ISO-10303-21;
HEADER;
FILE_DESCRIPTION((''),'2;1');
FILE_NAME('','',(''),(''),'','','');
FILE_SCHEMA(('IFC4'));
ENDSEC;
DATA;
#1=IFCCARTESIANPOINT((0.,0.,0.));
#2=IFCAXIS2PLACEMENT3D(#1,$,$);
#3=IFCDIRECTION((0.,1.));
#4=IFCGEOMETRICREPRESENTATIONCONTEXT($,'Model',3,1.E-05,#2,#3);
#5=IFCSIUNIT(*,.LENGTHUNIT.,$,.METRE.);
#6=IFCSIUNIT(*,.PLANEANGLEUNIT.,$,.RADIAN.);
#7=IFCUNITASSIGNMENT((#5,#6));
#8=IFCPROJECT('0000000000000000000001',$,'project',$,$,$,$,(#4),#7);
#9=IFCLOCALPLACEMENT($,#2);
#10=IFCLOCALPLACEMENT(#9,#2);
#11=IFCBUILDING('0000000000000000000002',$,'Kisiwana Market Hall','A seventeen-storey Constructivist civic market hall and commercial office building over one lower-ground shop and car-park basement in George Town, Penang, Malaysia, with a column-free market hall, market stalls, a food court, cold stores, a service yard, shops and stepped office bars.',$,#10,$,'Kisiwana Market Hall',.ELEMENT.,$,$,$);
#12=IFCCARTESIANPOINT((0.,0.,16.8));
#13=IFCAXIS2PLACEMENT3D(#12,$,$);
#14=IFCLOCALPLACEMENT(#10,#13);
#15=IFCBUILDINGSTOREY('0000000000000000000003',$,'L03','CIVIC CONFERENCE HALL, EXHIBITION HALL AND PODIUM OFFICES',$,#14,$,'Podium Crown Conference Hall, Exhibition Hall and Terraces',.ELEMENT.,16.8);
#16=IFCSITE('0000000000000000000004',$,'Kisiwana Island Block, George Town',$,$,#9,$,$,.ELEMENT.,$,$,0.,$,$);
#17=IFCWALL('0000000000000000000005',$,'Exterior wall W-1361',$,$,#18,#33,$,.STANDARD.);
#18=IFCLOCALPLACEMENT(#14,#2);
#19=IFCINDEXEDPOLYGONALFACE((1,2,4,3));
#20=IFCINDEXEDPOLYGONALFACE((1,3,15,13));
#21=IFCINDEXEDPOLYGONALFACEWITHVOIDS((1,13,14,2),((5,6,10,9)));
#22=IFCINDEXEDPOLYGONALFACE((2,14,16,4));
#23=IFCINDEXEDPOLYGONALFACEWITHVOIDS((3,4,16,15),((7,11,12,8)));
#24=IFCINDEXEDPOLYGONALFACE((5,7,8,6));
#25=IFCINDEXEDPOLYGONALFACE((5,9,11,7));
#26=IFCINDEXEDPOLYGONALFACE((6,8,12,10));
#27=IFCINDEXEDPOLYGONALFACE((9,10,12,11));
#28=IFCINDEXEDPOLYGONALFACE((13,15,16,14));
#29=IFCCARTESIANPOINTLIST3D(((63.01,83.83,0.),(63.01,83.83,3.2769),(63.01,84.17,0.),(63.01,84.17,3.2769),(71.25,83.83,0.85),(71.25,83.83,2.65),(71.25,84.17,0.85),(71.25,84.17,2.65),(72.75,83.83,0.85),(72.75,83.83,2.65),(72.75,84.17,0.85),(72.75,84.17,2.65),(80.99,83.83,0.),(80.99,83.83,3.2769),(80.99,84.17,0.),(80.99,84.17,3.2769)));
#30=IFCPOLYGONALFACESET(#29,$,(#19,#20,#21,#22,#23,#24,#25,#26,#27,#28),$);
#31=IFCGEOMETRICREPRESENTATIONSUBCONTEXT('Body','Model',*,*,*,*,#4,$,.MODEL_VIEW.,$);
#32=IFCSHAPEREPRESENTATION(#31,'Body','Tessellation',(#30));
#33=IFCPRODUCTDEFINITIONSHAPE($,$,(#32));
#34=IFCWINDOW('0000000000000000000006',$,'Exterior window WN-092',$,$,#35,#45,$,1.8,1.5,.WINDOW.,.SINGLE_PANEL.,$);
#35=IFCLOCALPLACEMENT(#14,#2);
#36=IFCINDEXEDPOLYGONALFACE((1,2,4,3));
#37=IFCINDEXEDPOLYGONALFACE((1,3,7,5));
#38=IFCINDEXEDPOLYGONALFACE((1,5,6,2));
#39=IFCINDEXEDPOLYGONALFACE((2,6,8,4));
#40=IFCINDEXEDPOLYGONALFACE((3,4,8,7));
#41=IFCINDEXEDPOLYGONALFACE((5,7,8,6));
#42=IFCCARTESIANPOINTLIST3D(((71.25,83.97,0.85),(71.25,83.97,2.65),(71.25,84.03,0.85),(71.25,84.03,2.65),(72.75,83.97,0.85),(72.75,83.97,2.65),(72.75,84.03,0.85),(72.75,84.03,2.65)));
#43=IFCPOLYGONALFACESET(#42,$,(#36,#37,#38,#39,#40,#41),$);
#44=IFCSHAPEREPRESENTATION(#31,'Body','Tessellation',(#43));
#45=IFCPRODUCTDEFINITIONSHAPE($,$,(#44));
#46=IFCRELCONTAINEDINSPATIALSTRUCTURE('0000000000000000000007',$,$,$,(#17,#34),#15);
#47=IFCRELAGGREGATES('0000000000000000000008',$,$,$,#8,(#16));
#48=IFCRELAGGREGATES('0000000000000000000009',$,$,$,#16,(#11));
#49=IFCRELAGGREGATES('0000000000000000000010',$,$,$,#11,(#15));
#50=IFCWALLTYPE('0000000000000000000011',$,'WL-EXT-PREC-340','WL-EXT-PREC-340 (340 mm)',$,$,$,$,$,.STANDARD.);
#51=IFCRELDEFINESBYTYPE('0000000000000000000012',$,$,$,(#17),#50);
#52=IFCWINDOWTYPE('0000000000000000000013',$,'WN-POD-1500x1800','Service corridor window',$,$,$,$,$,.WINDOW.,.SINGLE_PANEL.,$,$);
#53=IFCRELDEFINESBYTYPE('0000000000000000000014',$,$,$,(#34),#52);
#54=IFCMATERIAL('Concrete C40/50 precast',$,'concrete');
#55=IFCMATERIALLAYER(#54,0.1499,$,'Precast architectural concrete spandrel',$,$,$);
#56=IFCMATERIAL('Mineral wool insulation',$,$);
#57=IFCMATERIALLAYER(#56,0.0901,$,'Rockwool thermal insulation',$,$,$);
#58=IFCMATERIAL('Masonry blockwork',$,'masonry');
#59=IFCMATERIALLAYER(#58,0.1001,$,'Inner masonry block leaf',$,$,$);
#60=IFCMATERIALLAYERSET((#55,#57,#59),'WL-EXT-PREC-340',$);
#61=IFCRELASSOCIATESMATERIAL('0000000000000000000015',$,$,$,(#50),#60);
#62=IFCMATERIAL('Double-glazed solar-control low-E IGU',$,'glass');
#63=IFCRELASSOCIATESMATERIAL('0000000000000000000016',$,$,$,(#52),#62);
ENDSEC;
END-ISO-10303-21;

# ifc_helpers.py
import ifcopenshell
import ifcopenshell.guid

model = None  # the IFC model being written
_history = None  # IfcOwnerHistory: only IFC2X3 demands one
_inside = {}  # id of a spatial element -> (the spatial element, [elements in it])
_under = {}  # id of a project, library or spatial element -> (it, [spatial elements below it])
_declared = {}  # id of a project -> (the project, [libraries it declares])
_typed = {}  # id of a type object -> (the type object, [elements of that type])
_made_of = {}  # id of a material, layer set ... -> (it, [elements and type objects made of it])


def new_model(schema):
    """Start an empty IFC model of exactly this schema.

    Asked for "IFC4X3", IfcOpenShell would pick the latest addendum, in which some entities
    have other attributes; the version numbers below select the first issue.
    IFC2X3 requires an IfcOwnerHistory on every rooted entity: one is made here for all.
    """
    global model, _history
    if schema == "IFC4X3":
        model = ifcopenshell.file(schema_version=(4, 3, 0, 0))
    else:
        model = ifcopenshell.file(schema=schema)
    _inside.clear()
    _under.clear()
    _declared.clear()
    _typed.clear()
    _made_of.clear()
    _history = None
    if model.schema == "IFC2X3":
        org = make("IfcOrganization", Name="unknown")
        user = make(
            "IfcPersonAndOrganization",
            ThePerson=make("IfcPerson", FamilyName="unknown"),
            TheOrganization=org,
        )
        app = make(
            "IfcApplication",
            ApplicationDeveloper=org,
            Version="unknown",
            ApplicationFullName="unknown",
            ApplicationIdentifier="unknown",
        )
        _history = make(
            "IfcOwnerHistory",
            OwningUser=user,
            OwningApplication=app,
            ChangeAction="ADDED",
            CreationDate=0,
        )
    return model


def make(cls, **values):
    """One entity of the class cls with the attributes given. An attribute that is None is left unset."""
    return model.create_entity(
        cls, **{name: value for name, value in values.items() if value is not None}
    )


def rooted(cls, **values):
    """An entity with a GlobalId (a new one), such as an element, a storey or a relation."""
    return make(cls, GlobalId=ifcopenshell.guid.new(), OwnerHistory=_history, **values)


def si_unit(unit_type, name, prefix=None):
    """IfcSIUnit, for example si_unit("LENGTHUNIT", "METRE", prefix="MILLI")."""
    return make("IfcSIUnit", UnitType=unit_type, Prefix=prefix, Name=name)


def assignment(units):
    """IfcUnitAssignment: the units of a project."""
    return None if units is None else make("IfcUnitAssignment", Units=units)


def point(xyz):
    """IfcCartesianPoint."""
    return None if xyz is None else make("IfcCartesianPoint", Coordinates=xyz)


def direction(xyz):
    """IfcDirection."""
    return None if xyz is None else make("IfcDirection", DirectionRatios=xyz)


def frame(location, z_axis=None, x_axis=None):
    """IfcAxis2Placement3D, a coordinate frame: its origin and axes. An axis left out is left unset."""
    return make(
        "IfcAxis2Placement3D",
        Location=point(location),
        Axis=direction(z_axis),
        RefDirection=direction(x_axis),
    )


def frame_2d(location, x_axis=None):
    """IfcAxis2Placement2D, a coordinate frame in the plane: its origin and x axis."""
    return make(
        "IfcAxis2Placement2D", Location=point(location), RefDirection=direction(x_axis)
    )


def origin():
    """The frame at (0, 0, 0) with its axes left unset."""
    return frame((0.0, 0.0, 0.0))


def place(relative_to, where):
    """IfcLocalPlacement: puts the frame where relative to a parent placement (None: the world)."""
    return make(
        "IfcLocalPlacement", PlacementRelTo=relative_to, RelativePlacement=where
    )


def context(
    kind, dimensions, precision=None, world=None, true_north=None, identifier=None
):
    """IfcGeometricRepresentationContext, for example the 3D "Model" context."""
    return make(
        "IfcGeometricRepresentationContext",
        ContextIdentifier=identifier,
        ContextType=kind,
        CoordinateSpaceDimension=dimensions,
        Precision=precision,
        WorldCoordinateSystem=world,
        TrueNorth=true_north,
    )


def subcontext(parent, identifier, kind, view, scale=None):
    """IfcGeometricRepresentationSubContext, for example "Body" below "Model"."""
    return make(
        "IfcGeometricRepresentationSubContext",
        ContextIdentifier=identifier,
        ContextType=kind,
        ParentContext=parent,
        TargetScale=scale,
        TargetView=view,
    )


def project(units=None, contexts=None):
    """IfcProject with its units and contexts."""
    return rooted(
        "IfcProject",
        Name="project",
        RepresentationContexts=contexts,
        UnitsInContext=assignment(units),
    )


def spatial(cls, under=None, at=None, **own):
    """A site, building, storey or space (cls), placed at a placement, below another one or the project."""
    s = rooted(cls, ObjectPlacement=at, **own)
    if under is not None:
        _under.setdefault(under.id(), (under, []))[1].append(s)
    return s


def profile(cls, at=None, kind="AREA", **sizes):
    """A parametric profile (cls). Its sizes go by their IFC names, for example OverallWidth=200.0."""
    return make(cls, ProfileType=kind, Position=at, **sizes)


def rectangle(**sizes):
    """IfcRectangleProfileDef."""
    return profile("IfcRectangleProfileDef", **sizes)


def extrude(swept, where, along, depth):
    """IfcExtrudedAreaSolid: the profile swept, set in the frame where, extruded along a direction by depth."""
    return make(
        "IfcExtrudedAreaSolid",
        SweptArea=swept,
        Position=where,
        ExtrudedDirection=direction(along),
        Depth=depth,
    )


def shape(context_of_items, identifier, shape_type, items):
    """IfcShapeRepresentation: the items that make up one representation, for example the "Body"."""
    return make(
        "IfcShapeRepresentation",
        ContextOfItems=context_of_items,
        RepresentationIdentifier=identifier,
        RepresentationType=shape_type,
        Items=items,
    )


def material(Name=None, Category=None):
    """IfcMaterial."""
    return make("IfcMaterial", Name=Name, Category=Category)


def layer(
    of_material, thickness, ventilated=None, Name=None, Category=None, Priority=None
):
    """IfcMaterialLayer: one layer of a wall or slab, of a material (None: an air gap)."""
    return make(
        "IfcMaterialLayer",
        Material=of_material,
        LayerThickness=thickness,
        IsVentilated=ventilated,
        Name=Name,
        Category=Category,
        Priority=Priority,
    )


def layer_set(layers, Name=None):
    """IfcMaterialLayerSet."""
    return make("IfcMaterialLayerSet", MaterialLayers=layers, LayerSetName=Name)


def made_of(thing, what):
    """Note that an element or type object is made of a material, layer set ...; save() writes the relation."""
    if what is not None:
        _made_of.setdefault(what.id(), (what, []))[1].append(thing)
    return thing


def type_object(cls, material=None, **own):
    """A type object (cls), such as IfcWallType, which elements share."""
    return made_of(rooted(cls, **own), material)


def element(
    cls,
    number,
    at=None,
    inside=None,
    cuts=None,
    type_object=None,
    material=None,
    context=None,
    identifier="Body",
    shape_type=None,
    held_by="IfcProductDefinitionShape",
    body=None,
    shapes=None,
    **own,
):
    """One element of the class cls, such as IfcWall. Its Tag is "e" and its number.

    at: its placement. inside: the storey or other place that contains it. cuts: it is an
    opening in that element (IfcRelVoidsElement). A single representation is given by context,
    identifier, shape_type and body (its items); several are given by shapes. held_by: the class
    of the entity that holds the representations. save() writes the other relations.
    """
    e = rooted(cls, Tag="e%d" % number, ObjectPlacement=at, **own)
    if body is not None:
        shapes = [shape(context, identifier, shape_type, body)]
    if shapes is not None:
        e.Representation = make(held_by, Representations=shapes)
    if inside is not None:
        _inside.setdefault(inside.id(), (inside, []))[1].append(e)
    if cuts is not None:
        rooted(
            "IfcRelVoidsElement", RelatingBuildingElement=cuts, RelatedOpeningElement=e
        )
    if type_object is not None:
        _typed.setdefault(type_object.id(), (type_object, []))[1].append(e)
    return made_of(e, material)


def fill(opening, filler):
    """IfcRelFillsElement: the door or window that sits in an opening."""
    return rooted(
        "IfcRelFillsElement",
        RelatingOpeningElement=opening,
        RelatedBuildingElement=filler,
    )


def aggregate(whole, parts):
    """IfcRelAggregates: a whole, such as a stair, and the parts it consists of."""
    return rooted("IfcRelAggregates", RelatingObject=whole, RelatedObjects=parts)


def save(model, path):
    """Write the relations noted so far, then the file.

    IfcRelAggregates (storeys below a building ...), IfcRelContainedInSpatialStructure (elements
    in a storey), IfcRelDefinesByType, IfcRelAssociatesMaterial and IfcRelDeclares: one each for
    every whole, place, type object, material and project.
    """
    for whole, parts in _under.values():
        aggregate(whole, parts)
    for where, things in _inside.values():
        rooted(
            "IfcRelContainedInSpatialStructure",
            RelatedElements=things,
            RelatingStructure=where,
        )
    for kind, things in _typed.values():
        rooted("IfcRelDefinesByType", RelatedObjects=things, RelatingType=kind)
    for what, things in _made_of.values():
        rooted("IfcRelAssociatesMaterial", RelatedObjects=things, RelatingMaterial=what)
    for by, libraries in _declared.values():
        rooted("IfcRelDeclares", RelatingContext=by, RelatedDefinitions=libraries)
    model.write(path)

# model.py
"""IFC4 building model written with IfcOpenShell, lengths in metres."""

from ifc_helpers import new_model, si_unit, direction, frame, frame_2d, origin, place, context, subcontext, project, spatial, rectangle, extrude, material, layer, layer_set, type_object, element, fill, save


model = new_model("IFC4")

# Units and contexts
model_context = context("Model", 3, precision=1e-05, world=origin(), true_north=direction((0.0, 1.0)))
body_context = subcontext(model_context, "Body", "Model", "MODEL_VIEW")
ifc_project = project(units=[si_unit("LENGTHUNIT", "METRE"), si_unit("PLANEANGLEUNIT", "RADIAN")], contexts=[model_context])

# Site, building, storey
site_placement = place(None, origin())
site = spatial("IfcSite", under=ifc_project, at=site_placement, Name="Kisiwana Island Block, George Town", CompositionType="ELEMENT", RefElevation=0.0)
building_placement = place(site_placement, origin())
building = spatial("IfcBuilding", under=site, at=building_placement, Name="Kisiwana Market Hall", Description="A seventeen-storey Constructivist civic market hall and commercial office building over one lower-ground shop and car-park basement in George Town, Penang, Malaysia, with a column-free market hall, market stalls, a food court, cold stores, a service yard, shops and stepped office bars.", LongName="Kisiwana Market Hall", CompositionType="ELEMENT")
storey_placement = place(building_placement, frame((0.0, 0.0, 16.8)))
storey = spatial("IfcBuildingStorey", under=building, at=storey_placement, Name="L03", Description="CIVIC CONFERENCE HALL, EXHIBITION HALL AND PODIUM OFFICES", LongName="Podium Crown Conference Hall, Exhibition Hall and Terraces", CompositionType="ELEMENT", Elevation=16.8)

# Wall, opening, window
ifc_material_1 = material(Name="Concrete C40/50 precast", Category="concrete")
ifc_layer_1 = layer(ifc_material_1, 0.1499, Name="Precast architectural concrete spandrel")
ifc_material_2 = material(Name="Mineral wool insulation")
ifc_layer_2 = layer(ifc_material_2, 0.0901, Name="Rockwool thermal insulation")
ifc_material_3 = material(Name="Masonry blockwork", Category="masonry")
ifc_layer_3 = layer(ifc_material_3, 0.1001, Name="Inner masonry block leaf")
ifc_layer_set_1 = layer_set([ifc_layer_1, ifc_layer_2, ifc_layer_3], Name="WL-EXT-PREC-340")
wall_type = type_object("IfcWallType", Name="WL-EXT-PREC-340", Description="WL-EXT-PREC-340 (340 mm)", PredefinedType="STANDARD", material=ifc_layer_set_1)
ifc_material_4 = material(Name="Double-glazed solar-control low-E IGU", Category="glass")
window_type = type_object("IfcWindowType", Name="WN-POD-1500x1800", Description="Service corridor window", PartitioningType="SINGLE_PANEL", PredefinedType="WINDOW", material=ifc_material_4)
wall_1_placement = place(storey_placement, frame((63.01, 84.0, 0.0), z_axis=(0.0, 0.0, 1.0), x_axis=(1.0, 0.0, 0.0)))
wall_1 = element("IfcWall", 1, at=wall_1_placement, inside=storey, type_object=wall_type, Name="Exterior wall W-1361", PredefinedType="STANDARD", context=body_context, shape_type="SweptSolid", body=[
    extrude(rectangle(XDim=17.98, YDim=0.3401, at=frame_2d((8.99, 0.0))), origin(), (0.0, 0.0, 1.0), 3.2769),
])
opening_1_placement = place(wall_1_placement, frame((8.24, 0.0, 0.8501)))
opening_1 = element("IfcOpeningElement", 2, at=opening_1_placement, cuts=wall_1, PredefinedType="OPENING", context=body_context, shape_type="SweptSolid", body=[
    extrude(rectangle(XDim=1.5, YDim=1.8, at=frame_2d((0.75, 0.8999))), frame((0.0, 0.1821, 0.0), z_axis=(0.0, -1.0, 0.0), x_axis=(1.0, 0.0, 0.0)), (0.0, 0.0, 1.0), 0.364),
])
window_1_placement = place(opening_1_placement, origin())
window_1 = element("IfcWindow", 3, at=window_1_placement, inside=storey, type_object=window_type, Name="Exterior window WN-092", OverallHeight=1.8, OverallWidth=1.5, PartitioningType="SINGLE_PANEL", PredefinedType="WINDOW", context=body_context, shape_type="SweptSolid", body=[
    extrude(rectangle(XDim=1.5, YDim=1.8, at=frame_2d((0.75, 0.8999))), frame((0.0, 0.03, 0.0), z_axis=(0.0, -1.0, 0.0), x_axis=(1.0, 0.0, 0.0)), (0.0, 0.0, 1.0), 0.0601),
])
fill(opening_1, window_1)

save(model, "model.ifc")
